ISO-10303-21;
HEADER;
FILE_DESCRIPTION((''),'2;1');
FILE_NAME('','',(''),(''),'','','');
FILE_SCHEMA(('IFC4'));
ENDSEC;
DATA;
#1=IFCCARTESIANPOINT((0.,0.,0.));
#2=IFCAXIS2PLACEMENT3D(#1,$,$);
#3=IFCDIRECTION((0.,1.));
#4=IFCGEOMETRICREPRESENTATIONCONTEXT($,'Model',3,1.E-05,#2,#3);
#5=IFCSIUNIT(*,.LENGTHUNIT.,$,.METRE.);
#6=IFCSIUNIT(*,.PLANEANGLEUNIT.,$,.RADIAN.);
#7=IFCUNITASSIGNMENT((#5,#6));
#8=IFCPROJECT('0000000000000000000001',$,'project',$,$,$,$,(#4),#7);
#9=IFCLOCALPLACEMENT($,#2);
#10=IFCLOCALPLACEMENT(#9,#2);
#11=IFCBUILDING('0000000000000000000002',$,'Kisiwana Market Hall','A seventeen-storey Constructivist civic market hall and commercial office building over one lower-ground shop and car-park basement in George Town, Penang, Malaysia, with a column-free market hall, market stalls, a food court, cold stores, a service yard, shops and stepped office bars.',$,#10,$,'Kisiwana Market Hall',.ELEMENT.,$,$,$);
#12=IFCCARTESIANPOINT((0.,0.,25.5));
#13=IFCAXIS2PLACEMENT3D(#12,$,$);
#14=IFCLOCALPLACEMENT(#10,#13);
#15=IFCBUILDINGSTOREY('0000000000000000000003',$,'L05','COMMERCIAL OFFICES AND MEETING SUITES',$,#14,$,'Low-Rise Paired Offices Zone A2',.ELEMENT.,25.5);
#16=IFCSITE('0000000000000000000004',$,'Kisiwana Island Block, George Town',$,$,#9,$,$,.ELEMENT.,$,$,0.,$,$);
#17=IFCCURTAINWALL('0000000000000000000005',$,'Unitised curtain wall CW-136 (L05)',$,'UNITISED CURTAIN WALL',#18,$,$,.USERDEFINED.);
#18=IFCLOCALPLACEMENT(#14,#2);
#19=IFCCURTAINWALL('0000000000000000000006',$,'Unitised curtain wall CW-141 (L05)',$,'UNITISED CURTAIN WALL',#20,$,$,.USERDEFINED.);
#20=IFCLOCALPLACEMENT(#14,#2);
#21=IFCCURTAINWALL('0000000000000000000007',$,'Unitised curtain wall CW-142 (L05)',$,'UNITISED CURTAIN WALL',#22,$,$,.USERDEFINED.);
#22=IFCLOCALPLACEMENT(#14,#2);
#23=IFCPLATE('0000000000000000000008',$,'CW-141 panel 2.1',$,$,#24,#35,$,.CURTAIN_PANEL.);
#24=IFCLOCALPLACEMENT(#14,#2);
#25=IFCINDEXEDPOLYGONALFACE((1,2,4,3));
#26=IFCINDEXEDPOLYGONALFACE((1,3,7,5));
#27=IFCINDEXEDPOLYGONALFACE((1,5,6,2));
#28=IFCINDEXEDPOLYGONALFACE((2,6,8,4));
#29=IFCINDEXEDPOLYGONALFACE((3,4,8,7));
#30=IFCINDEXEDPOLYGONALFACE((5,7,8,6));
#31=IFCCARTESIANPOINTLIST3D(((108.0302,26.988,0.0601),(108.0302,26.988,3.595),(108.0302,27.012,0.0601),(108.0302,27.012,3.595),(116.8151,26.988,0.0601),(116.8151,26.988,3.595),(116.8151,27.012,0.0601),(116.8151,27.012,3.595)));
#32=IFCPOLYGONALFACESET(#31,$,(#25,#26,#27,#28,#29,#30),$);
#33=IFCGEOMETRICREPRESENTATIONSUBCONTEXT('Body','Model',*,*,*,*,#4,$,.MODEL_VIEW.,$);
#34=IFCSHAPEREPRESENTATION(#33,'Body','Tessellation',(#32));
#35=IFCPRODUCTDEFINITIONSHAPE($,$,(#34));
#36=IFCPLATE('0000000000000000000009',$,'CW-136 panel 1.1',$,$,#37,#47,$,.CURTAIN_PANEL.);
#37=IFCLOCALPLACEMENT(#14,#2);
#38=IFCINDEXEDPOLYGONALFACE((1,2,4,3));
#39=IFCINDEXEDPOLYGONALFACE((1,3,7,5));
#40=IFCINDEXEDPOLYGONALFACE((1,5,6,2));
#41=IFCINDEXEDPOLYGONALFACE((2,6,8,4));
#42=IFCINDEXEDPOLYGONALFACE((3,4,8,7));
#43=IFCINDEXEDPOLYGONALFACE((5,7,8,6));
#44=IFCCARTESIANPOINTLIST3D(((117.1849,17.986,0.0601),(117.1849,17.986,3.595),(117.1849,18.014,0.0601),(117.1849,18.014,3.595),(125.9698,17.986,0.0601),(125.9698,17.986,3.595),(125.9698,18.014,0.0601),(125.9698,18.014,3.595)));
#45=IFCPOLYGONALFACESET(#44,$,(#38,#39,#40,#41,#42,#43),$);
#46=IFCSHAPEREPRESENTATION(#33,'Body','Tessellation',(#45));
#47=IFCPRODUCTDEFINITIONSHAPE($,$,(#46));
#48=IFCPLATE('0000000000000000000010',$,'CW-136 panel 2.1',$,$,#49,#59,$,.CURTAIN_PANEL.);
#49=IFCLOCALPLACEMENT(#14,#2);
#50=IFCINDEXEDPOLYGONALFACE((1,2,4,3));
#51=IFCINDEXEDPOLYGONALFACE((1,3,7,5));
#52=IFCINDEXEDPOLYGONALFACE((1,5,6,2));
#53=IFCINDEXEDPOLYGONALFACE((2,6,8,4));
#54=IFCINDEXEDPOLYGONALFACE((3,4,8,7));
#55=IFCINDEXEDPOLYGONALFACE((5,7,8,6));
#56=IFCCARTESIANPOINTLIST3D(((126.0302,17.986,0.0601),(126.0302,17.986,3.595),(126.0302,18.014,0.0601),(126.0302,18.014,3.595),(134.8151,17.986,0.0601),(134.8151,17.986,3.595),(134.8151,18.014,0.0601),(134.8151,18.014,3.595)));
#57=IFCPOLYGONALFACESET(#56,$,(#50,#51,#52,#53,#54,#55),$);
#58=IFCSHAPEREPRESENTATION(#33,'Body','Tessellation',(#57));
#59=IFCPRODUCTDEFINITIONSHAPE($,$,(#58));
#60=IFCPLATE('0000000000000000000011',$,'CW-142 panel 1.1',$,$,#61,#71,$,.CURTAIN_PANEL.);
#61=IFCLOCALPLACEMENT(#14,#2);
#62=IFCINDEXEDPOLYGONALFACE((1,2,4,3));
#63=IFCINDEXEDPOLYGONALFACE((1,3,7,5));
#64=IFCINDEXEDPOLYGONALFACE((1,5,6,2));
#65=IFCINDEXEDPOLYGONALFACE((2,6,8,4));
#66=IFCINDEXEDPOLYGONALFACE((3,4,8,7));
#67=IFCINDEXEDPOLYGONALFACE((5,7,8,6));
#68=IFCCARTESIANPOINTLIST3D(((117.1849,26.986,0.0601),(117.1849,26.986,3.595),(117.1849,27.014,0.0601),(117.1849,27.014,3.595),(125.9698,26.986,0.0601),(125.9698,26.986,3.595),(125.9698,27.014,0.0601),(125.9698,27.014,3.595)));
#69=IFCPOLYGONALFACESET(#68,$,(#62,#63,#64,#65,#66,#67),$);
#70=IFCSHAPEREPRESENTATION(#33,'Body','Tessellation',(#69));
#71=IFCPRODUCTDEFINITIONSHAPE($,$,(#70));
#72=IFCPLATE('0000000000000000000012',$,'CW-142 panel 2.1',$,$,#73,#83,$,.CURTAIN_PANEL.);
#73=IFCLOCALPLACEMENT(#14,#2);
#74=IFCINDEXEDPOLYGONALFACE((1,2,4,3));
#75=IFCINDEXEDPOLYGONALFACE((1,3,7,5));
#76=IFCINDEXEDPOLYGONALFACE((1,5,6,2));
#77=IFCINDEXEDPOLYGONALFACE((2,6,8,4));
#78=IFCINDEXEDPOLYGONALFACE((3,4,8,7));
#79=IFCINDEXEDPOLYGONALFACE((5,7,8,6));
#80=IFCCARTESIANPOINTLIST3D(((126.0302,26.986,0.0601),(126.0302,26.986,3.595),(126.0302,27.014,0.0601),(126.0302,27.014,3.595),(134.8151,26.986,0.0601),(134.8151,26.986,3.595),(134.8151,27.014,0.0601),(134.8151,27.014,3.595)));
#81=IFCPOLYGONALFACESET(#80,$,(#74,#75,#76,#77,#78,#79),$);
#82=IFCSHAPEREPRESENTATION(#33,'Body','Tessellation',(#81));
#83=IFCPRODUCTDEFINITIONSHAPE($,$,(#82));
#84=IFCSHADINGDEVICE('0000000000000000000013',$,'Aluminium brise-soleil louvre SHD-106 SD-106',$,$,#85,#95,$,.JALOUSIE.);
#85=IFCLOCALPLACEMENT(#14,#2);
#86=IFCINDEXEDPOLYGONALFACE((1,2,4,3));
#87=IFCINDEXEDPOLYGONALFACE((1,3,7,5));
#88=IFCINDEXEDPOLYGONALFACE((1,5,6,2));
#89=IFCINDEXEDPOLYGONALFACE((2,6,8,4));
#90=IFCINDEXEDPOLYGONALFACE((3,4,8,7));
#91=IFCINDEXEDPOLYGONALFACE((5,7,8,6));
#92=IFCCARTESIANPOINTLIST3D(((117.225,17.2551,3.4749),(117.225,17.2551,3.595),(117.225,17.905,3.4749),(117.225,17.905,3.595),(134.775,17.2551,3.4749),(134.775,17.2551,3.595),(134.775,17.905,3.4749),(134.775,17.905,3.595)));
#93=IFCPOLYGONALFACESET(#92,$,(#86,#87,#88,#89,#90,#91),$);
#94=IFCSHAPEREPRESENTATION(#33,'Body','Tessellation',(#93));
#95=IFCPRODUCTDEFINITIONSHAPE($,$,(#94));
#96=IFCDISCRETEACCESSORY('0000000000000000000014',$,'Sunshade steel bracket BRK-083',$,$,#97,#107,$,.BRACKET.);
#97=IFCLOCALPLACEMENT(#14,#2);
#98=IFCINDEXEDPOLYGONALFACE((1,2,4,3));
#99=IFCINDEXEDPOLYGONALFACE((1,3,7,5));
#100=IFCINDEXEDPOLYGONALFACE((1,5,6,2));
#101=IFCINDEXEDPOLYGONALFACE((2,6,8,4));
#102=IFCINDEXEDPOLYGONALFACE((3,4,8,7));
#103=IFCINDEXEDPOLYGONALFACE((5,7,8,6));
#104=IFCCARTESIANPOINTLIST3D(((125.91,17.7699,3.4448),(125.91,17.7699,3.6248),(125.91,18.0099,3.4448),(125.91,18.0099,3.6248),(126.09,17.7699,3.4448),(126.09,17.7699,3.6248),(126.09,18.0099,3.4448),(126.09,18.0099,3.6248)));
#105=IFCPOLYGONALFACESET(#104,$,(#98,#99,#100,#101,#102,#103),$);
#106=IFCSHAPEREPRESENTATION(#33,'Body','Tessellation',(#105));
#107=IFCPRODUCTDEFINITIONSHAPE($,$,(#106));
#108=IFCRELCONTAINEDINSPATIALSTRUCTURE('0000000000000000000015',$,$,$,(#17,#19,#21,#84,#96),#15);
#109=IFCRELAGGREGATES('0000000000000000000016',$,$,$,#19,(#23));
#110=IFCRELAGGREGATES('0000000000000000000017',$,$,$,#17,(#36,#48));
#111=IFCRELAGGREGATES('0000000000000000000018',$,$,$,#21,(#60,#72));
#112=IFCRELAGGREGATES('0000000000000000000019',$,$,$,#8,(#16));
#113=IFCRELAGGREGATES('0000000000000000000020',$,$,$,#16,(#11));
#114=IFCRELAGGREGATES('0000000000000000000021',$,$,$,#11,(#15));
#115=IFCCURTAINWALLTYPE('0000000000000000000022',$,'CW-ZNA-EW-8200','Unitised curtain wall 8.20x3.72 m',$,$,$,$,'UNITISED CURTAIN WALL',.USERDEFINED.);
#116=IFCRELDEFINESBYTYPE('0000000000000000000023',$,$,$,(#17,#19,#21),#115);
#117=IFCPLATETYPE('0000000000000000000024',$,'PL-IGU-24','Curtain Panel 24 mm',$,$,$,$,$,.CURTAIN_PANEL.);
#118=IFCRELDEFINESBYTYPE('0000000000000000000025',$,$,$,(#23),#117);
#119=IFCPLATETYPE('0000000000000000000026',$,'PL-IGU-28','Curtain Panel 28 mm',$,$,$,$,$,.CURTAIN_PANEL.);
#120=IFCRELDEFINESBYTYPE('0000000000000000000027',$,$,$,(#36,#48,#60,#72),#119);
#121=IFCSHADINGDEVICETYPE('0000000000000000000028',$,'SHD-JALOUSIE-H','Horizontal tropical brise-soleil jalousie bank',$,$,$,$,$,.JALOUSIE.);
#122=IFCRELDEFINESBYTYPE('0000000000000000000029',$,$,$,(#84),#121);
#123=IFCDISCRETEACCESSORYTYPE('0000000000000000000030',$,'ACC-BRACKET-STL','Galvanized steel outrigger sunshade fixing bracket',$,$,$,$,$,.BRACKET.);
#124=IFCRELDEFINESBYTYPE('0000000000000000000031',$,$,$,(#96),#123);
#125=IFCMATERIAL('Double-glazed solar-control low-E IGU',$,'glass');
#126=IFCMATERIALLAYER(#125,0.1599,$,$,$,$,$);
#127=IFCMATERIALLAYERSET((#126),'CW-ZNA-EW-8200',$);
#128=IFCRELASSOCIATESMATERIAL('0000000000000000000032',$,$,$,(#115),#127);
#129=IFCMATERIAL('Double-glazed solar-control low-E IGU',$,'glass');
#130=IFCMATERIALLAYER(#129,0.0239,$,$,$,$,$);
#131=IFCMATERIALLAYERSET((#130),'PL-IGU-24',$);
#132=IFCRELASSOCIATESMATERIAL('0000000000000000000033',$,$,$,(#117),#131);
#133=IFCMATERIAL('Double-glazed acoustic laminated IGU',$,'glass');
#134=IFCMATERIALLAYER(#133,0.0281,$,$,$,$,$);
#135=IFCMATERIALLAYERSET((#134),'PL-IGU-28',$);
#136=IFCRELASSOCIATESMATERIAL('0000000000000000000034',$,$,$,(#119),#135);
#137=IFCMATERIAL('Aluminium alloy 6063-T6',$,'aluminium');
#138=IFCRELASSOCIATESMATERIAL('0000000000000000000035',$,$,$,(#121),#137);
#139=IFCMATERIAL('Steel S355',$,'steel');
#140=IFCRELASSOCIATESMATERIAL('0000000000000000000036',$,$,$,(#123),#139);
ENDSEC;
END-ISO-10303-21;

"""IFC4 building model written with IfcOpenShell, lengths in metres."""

from ifc_helpers import new_model, si_unit, direction, frame, origin, origin_2d, place, context, subcontext, project, spatial, rectangle, extrude, material, layer, layer_set, type_object, element, aggregate, save


model = new_model("IFC4")

# Units and contexts
model_context = context("Model", 3, precision=1e-05, world=origin(), true_north=direction((0.0, 1.0)))
body_context = subcontext(model_context, "Body", "Model", "MODEL_VIEW")
ifc_project = project(units=[si_unit("LENGTHUNIT", "METRE"), si_unit("PLANEANGLEUNIT", "RADIAN")], contexts=[model_context])

# Site, building, storey
site_placement = place(None, origin())
site = spatial("IfcSite", under=ifc_project, at=site_placement, Name="Kisiwana Island Block, George Town", CompositionType="ELEMENT", RefElevation=0.0)
building_placement = place(site_placement, origin())
building = spatial("IfcBuilding", under=site, at=building_placement, Name="Kisiwana Market Hall", Description="A seventeen-storey Constructivist civic market hall and commercial office building over one lower-ground shop and car-park basement in George Town, Penang, Malaysia, with a column-free market hall, market stalls, a food court, cold stores, a service yard, shops and stepped office bars.", LongName="Kisiwana Market Hall", CompositionType="ELEMENT")
storey_placement = place(building_placement, frame((0.0, 0.0, 25.5)))
storey = spatial("IfcBuildingStorey", under=building, at=storey_placement, Name="L05", Description="COMMERCIAL OFFICES AND MEETING SUITES", LongName="Low-Rise Paired Offices Zone A2", CompositionType="ELEMENT", Elevation=25.5)

# Shared definitions
ifc_material_1 = material(Name="Double-glazed solar-control low-E IGU", Category="glass")
ifc_layer_1 = layer(ifc_material_1, 0.1599)
ifc_layer_set_1 = layer_set([ifc_layer_1], Name="CW-ZNA-EW-8200")
curtain_wall_type = type_object("IfcCurtainWallType", Name="CW-ZNA-EW-8200", Description="Unitised curtain wall 8.20x3.72 m", ElementType="UNITISED CURTAIN WALL", PredefinedType="USERDEFINED", material=ifc_layer_set_1)

# Curtain wall
curtain_wall_1_placement = place(storey_placement, origin())
curtain_wall_1 = element("IfcCurtainWall", 1, at=curtain_wall_1_placement, inside=storey, type_object=curtain_wall_type, Name="Unitised curtain wall CW-136 (L05)", ObjectType="UNITISED CURTAIN WALL", PredefinedType="USERDEFINED")

# Curtain wall
curtain_wall_2_placement = place(storey_placement, origin())
curtain_wall_2 = element("IfcCurtainWall", 2, at=curtain_wall_2_placement, inside=storey, type_object=curtain_wall_type, Name="Unitised curtain wall CW-141 (L05)", ObjectType="UNITISED CURTAIN WALL", PredefinedType="USERDEFINED")

# Curtain wall
curtain_wall_3_placement = place(storey_placement, origin())
curtain_wall_3 = element("IfcCurtainWall", 3, at=curtain_wall_3_placement, inside=storey, type_object=curtain_wall_type, Name="Unitised curtain wall CW-142 (L05)", ObjectType="UNITISED CURTAIN WALL", PredefinedType="USERDEFINED")

# Plates
ifc_material_2 = material(Name="Double-glazed solar-control low-E IGU", Category="glass")
ifc_layer_2 = layer(ifc_material_2, 0.0239)
ifc_layer_set_2 = layer_set([ifc_layer_2], Name="PL-IGU-24")
plate_type_1 = type_object("IfcPlateType", Name="PL-IGU-24", Description="Curtain Panel 24 mm", PredefinedType="CURTAIN_PANEL", material=ifc_layer_set_2)
plate_1_placement = place(storey_placement, frame((112.4226, 27.0, 0.0601), z_axis=(0.0, 0.0, 1.0), x_axis=(1.0, 0.0, 0.0)))
plate_1 = element("IfcPlate", 4, at=plate_1_placement, type_object=plate_type_1, Name="CW-141 panel 2.1", PredefinedType="CURTAIN_PANEL", context=body_context, shape_type="SweptSolid", body=[
    extrude(rectangle(XDim=8.7849, YDim=0.0239, at=origin_2d()), origin(), (0.0, 0.0, 1.0), 3.5349),
])
aggregate(curtain_wall_2, [plate_1])
ifc_material_3 = material(Name="Double-glazed acoustic laminated IGU", Category="glass")
ifc_layer_3 = layer(ifc_material_3, 0.0281)
ifc_layer_set_3 = layer_set([ifc_layer_3], Name="PL-IGU-28")
plate_type_2 = type_object("IfcPlateType", Name="PL-IGU-28", Description="Curtain Panel 28 mm", PredefinedType="CURTAIN_PANEL", material=ifc_layer_set_3)
plate_2_placement = place(storey_placement, frame((121.5774, 18.0, 0.0601), z_axis=(0.0, 0.0, 1.0), x_axis=(1.0, 0.0, 0.0)))
plate_2 = element("IfcPlate", 5, at=plate_2_placement, type_object=plate_type_2, Name="CW-136 panel 1.1", PredefinedType="CURTAIN_PANEL", context=body_context, shape_type="SweptSolid", body=[
    extrude(rectangle(XDim=8.7849, YDim=0.0281, at=origin_2d()), origin(), (0.0, 0.0, 1.0), 3.5349),
])
plate_3_placement = place(storey_placement, frame((130.4226, 18.0, 0.0601), z_axis=(0.0, 0.0, 1.0), x_axis=(1.0, 0.0, 0.0)))
plate_3 = element("IfcPlate", 6, at=plate_3_placement, type_object=plate_type_2, Name="CW-136 panel 2.1", PredefinedType="CURTAIN_PANEL", context=body_context, shape_type="SweptSolid", body=[
    extrude(rectangle(XDim=8.7849, YDim=0.0281, at=origin_2d()), origin(), (0.0, 0.0, 1.0), 3.5349),
])
aggregate(curtain_wall_1, [plate_2, plate_3])
plate_4_placement = place(storey_placement, frame((121.5774, 27.0, 0.0601), z_axis=(0.0, 0.0, 1.0), x_axis=(1.0, 0.0, 0.0)))
plate_4 = element("IfcPlate", 7, at=plate_4_placement, type_object=plate_type_2, Name="CW-142 panel 1.1", PredefinedType="CURTAIN_PANEL", context=body_context, shape_type="SweptSolid", body=[
    extrude(rectangle(XDim=8.7849, YDim=0.0281, at=origin_2d()), origin(), (0.0, 0.0, 1.0), 3.5349),
])
plate_5_placement = place(storey_placement, frame((130.4226, 27.0, 0.0601), z_axis=(0.0, 0.0, 1.0), x_axis=(1.0, 0.0, 0.0)))
plate_5 = element("IfcPlate", 8, at=plate_5_placement, type_object=plate_type_2, Name="CW-142 panel 2.1", PredefinedType="CURTAIN_PANEL", context=body_context, shape_type="SweptSolid", body=[
    extrude(rectangle(XDim=8.7849, YDim=0.0281, at=origin_2d()), origin(), (0.0, 0.0, 1.0), 3.5349),
])
aggregate(curtain_wall_3, [plate_4, plate_5])

# Shading device
ifc_material_4 = material(Name="Aluminium alloy 6063-T6", Category="aluminium")
shading_device_type = type_object("IfcShadingDeviceType", Name="SHD-JALOUSIE-H", Description="Horizontal tropical brise-soleil jalousie bank", PredefinedType="JALOUSIE", material=ifc_material_4)
shading_device_placement = place(storey_placement, frame((126.0, 17.5801, 3.4749), z_axis=(0.0, 0.0, 1.0), x_axis=(1.0, 0.0, 0.0)))
element("IfcShadingDevice", 9, at=shading_device_placement, inside=storey, type_object=shading_device_type, Name="Aluminium brise-soleil louvre SHD-106 SD-106", PredefinedType="JALOUSIE", context=body_context, shape_type="SweptSolid", body=[
    extrude(rectangle(XDim=17.55, YDim=0.6499, at=origin_2d()), origin(), (0.0, 0.0, 1.0), 0.1201),
])

# Discrete accessory
ifc_material_5 = material(Name="Steel S355", Category="steel")
discrete_accessory_type = type_object("IfcDiscreteAccessoryType", Name="ACC-BRACKET-STL", Description="Galvanized steel outrigger sunshade fixing bracket", PredefinedType="BRACKET", material=ifc_material_5)
discrete_accessory_placement = place(storey_placement, frame((126.0, 17.8899, 3.4448), z_axis=(0.0, 0.0, 1.0), x_axis=(1.0, 0.0, 0.0)))
element("IfcDiscreteAccessory", 10, at=discrete_accessory_placement, inside=storey, type_object=discrete_accessory_type, Name="Sunshade steel bracket BRK-083", PredefinedType="BRACKET", context=body_context, shape_type="SweptSolid", body=[
    extrude(rectangle(XDim=0.1799, YDim=0.24, at=origin_2d()), origin(), (0.0, 0.0, 1.0), 0.1799),
])

save(model, "model.ifc")
